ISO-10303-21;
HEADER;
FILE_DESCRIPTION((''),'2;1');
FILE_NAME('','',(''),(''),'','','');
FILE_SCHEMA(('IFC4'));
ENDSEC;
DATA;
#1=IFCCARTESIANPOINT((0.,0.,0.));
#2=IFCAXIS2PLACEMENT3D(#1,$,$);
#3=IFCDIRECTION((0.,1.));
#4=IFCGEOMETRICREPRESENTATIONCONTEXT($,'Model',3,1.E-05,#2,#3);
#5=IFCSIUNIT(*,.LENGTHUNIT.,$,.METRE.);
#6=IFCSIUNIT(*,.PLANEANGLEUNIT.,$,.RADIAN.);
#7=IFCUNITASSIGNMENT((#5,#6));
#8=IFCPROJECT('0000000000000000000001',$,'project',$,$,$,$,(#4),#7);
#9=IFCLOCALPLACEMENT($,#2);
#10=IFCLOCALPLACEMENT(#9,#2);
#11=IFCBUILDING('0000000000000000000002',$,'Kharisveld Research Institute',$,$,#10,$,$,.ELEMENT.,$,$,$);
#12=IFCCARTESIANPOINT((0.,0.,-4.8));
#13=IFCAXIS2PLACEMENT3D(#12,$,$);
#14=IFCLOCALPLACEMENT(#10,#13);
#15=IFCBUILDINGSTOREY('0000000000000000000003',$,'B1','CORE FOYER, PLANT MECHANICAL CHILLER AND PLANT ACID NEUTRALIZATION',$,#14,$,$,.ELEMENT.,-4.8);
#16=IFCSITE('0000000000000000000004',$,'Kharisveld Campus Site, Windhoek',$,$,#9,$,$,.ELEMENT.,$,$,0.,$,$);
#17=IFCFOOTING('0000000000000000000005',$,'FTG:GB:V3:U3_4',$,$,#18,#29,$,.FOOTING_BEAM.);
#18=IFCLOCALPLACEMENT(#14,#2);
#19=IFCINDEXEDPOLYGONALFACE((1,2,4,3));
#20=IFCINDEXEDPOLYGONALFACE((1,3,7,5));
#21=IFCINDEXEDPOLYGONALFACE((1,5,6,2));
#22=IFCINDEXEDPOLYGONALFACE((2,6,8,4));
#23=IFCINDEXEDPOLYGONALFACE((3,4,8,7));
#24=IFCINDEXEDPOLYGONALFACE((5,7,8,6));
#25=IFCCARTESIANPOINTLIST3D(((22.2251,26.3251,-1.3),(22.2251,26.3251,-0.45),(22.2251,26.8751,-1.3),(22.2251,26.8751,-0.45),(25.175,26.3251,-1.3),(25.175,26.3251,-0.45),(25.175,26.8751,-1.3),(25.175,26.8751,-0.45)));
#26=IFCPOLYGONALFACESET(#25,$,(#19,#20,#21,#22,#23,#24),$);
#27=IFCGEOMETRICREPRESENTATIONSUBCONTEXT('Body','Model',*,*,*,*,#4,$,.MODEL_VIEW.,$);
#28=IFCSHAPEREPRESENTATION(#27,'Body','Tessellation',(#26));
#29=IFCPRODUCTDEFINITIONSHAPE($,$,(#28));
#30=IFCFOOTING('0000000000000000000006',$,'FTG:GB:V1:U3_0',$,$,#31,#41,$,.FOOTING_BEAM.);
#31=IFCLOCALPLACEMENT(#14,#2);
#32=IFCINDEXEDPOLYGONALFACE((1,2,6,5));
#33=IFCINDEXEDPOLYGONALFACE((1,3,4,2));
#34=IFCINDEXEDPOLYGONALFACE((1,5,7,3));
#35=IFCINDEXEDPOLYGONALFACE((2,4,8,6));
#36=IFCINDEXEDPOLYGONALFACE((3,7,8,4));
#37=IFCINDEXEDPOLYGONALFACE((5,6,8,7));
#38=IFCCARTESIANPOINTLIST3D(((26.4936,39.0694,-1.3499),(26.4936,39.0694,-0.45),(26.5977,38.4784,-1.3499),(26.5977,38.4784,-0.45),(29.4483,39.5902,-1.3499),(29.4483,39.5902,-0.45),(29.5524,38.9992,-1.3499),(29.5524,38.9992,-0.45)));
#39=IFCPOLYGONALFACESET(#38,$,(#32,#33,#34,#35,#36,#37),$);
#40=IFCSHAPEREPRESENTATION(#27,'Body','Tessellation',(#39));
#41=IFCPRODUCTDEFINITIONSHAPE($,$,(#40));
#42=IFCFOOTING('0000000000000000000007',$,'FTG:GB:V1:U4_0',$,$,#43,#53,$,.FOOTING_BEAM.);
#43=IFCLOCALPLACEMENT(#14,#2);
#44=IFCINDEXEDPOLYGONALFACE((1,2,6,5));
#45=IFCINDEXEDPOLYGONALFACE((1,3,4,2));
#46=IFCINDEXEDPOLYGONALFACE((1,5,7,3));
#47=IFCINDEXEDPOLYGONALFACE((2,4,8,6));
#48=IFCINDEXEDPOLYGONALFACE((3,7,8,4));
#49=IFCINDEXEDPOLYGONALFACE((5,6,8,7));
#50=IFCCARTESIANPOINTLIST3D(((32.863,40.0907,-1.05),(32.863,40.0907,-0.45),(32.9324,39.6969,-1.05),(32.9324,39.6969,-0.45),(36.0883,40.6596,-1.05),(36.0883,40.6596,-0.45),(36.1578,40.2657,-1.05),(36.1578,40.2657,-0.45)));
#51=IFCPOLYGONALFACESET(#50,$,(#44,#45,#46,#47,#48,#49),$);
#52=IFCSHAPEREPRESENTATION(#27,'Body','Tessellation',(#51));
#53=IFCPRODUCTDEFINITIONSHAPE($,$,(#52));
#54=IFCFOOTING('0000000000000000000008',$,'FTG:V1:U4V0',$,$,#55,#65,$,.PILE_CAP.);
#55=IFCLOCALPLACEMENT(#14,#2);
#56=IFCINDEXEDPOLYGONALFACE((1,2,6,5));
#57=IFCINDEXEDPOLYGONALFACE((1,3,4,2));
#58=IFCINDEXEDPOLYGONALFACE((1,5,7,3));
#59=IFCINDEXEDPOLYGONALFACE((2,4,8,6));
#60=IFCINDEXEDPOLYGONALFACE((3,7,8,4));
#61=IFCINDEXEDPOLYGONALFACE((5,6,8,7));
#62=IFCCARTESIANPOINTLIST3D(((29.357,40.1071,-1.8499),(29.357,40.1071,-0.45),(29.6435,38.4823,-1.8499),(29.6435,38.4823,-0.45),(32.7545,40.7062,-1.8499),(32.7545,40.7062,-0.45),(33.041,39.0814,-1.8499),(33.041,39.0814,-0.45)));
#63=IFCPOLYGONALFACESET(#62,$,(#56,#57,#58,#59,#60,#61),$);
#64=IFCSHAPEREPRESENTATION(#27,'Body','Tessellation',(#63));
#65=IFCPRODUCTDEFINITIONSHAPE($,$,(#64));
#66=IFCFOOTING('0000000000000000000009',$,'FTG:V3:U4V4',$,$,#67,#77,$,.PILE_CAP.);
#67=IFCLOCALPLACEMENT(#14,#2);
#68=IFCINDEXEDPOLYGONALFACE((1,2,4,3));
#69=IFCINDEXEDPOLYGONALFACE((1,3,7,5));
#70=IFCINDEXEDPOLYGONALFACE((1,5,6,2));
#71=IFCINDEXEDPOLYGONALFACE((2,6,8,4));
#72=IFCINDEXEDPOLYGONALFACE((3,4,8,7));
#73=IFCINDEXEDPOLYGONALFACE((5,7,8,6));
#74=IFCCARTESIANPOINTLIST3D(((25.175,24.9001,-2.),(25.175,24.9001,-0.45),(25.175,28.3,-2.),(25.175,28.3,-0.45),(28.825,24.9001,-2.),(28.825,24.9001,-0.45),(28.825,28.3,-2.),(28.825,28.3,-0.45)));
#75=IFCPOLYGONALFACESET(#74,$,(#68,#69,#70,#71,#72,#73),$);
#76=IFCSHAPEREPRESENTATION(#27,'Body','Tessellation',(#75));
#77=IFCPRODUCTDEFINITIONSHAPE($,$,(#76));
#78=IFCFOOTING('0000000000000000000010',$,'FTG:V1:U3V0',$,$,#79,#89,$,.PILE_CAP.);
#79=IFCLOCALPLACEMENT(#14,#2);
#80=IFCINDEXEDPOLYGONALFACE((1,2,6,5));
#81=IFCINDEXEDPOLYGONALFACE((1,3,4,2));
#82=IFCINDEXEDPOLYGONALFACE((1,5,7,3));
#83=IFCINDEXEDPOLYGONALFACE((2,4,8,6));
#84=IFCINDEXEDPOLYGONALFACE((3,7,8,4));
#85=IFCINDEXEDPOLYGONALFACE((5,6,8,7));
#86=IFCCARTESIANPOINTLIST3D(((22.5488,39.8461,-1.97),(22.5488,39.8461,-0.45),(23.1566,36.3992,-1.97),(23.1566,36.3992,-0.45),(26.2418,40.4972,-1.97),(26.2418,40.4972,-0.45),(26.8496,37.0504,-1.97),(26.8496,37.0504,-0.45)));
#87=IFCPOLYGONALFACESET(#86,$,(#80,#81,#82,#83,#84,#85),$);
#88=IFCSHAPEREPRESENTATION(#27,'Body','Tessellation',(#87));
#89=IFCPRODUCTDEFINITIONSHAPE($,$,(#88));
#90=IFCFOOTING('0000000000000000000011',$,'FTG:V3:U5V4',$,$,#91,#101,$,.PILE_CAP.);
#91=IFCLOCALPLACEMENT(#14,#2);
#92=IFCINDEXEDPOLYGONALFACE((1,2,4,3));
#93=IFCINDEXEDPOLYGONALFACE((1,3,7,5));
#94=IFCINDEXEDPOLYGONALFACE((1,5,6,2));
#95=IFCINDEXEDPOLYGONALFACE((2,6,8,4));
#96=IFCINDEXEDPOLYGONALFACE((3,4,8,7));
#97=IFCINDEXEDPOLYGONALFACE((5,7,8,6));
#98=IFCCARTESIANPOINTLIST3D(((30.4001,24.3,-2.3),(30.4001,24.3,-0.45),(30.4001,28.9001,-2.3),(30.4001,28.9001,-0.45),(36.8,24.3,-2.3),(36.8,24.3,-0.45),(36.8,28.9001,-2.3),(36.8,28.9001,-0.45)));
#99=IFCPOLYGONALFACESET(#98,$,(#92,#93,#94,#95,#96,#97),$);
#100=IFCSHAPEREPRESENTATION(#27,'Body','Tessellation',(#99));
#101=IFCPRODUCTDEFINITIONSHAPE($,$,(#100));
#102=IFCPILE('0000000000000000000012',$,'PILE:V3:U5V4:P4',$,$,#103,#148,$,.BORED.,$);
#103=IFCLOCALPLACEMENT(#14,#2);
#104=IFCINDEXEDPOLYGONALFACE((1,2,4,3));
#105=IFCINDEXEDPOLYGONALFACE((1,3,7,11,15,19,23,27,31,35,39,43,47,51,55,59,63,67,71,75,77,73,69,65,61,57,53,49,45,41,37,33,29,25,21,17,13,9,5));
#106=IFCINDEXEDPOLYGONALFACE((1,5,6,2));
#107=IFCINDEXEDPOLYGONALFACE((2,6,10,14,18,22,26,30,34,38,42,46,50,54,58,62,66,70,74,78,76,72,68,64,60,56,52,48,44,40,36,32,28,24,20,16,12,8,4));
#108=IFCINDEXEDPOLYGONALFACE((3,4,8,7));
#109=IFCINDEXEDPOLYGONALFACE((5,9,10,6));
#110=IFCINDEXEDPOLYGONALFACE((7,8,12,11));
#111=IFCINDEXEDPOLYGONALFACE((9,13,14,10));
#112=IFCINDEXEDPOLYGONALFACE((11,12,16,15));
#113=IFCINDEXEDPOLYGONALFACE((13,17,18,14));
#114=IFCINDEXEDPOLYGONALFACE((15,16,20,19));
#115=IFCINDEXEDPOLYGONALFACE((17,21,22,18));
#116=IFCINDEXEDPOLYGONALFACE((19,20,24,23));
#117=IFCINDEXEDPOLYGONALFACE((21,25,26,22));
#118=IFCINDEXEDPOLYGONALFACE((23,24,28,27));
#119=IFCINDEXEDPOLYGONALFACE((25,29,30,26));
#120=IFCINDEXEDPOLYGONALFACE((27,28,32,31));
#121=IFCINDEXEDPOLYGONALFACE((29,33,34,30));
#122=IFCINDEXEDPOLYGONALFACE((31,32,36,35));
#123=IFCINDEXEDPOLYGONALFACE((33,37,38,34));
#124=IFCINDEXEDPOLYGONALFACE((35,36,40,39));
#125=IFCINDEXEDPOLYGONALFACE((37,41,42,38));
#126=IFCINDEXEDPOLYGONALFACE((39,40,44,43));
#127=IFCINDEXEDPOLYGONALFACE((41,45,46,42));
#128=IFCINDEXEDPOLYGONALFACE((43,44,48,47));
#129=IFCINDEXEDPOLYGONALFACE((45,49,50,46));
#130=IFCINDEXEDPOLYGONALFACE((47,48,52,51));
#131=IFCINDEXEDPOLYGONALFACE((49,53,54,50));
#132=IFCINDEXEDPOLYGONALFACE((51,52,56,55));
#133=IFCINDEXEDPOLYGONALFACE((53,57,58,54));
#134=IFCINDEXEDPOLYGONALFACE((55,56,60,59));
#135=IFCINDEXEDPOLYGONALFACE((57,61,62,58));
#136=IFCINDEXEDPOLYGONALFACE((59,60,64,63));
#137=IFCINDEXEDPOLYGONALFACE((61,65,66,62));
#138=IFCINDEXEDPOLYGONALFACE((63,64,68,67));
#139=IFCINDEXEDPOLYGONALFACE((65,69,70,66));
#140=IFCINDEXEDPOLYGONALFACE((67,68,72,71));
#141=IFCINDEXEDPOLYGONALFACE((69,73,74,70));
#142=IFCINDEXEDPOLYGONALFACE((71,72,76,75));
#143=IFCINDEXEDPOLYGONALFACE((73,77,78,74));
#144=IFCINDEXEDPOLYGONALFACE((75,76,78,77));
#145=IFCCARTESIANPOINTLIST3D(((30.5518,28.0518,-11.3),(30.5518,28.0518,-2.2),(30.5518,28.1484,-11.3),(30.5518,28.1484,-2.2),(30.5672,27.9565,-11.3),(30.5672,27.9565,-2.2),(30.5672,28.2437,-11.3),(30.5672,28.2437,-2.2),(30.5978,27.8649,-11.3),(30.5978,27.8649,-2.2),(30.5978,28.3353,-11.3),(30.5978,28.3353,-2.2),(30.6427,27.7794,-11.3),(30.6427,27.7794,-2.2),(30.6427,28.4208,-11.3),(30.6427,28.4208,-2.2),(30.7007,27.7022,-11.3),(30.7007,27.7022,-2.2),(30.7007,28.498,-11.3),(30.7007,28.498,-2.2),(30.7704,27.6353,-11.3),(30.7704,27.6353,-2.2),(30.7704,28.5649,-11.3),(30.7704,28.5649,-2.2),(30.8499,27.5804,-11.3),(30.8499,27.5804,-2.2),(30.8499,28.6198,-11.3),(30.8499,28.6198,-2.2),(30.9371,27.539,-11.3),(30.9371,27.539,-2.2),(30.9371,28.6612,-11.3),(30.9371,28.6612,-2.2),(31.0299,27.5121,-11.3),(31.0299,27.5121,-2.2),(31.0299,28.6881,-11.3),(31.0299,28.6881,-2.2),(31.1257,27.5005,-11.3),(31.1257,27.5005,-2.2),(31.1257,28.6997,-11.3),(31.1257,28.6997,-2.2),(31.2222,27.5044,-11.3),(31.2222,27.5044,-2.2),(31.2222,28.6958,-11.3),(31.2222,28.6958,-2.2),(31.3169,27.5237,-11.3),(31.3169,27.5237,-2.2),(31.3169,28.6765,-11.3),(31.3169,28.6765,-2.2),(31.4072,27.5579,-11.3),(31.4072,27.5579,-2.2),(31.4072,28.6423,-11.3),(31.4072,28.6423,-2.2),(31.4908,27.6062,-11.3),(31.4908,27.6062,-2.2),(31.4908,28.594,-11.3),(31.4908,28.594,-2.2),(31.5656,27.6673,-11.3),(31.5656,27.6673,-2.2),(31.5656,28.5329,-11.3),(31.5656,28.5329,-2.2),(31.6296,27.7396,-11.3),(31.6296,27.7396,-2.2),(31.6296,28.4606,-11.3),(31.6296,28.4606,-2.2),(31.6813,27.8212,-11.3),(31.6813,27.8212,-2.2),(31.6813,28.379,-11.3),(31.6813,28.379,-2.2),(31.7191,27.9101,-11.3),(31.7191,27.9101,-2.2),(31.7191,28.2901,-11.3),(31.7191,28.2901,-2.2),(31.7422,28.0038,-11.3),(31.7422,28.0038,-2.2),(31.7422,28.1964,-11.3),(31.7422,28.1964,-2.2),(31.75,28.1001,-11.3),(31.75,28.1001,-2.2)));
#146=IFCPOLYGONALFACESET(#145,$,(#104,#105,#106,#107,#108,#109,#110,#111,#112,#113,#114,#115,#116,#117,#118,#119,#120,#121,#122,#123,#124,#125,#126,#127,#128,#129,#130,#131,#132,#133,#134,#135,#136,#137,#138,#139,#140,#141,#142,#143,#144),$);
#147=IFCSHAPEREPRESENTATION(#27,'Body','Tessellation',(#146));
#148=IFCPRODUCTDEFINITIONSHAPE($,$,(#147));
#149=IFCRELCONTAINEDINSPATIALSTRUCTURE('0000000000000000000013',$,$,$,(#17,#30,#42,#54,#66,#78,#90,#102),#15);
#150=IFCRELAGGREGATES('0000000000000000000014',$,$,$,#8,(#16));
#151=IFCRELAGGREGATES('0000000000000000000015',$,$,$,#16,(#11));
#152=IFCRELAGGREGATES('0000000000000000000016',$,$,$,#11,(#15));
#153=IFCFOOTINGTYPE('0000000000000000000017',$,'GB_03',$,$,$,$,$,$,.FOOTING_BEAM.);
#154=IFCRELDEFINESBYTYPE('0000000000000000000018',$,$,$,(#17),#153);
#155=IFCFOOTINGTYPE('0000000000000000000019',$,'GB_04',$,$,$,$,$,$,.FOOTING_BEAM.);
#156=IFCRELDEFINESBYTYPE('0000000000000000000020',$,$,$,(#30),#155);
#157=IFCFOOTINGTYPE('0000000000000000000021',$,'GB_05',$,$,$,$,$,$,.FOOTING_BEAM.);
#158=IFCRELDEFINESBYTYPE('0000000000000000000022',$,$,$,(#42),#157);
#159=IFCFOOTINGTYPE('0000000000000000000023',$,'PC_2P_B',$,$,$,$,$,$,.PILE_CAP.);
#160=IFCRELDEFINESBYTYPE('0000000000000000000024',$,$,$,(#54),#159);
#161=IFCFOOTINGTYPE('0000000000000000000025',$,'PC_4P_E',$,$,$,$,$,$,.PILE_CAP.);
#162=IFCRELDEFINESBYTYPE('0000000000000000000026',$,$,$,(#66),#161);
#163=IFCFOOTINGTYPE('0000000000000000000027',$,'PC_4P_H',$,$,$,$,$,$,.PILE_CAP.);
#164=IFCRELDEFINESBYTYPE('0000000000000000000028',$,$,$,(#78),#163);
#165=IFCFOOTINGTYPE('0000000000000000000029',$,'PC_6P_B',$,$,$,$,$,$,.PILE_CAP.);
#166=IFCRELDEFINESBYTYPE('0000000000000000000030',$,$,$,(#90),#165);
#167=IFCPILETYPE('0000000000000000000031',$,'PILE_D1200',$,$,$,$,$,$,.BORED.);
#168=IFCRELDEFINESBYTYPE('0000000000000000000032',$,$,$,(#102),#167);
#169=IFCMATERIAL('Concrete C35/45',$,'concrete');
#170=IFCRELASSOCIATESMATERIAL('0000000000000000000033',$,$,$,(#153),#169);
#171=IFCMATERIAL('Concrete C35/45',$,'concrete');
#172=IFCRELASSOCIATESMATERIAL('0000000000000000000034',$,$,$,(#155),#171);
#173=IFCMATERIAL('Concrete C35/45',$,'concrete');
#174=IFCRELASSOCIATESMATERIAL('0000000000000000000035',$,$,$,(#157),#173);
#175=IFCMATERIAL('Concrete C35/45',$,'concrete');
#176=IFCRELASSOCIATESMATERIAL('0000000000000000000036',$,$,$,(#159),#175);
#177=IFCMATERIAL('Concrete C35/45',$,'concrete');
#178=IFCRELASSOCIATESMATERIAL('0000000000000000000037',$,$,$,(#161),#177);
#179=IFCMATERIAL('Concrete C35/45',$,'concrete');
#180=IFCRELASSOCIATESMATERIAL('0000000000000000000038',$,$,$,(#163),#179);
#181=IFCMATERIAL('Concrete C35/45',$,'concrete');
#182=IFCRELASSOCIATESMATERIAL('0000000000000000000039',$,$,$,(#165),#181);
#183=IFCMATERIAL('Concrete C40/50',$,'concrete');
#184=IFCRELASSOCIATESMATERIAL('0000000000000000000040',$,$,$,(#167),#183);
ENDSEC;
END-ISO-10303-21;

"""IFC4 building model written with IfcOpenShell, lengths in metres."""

from ifc_helpers import new_model, si_unit, direction, frame, origin, origin_2d, place, context, subcontext, project, spatial, rectangle, circle, extrude, material, material_profile, profile_set, type_object, element, save


model = new_model("IFC4")

# Units and contexts
model_context = context("Model", 3, precision=1e-05, world=origin(), true_north=direction((0.0, 1.0)))
body_context = subcontext(model_context, "Body", "Model", "MODEL_VIEW")
ifc_project = project(units=[si_unit("LENGTHUNIT", "METRE"), si_unit("PLANEANGLEUNIT", "RADIAN")], contexts=[model_context])

# Site, building, storey
site_placement = place(None, origin())
site = spatial("IfcSite", under=ifc_project, at=site_placement, Name="Kharisveld Campus Site, Windhoek", CompositionType="ELEMENT", RefElevation=0.0)
building_placement = place(site_placement, origin())
building = spatial("IfcBuilding", under=site, at=building_placement, Name="Kharisveld Research Institute", CompositionType="ELEMENT")
storey_placement = place(building_placement, frame((0.0, 0.0, -4.8)))
storey = spatial("IfcBuildingStorey", under=building, at=storey_placement, Name="B1", Description="CORE FOYER, PLANT MECHANICAL CHILLER AND PLANT ACID NEUTRALIZATION", CompositionType="ELEMENT", Elevation=-4.8)

# Footings
ifc_material_1 = material(Name="Concrete C35/45", Category="concrete")
ifc_material_profile_1 = material_profile(ifc_material_1, rectangle(XDim=0.55, YDim=0.8501, at=origin_2d()))
ifc_profile_set_1 = profile_set([ifc_material_profile_1], Name="Concrete C35/45")
footing_type_1 = type_object("IfcFootingType", Name="GB_03", PredefinedType="FOOTING_BEAM", material=ifc_profile_set_1)
footing_1_placement = place(storey_placement, frame((22.2251, 26.6001, -0.875), z_axis=(1.0, 0.0, 0.0), x_axis=(0.0, 1.0, 0.0)))
element("IfcFooting", 1, at=footing_1_placement, inside=storey, type_object=footing_type_1, Name="FTG:GB:V3:U3_4", PredefinedType="FOOTING_BEAM", context=body_context, shape_type="SweptSolid", body=[
    extrude(rectangle(XDim=0.55, YDim=0.8501, at=origin_2d()), origin(), (0.0, 0.0, 1.0), 2.95),
])
ifc_material_2 = material(Name="Concrete C35/45", Category="concrete")
ifc_material_profile_2 = material_profile(ifc_material_2, rectangle(XDim=0.6001, YDim=0.8999, at=origin_2d()))
ifc_profile_set_2 = profile_set([ifc_material_profile_2], Name="Concrete C35/45")
footing_type_2 = type_object("IfcFootingType", Name="GB_04", PredefinedType="FOOTING_BEAM", material=ifc_profile_set_2)
footing_2_placement = place(storey_placement, frame((26.5457, 38.7739, -0.8999), z_axis=(0.98482, 0.173576, 0.0), x_axis=(-0.173576, 0.98482, 0.0)))
element("IfcFooting", 2, at=footing_2_placement, inside=storey, type_object=footing_type_2, Name="FTG:GB:V1:U3_0", PredefinedType="FOOTING_BEAM", context=body_context, shape_type="SweptSolid", body=[
    extrude(rectangle(XDim=0.6001, YDim=0.8999, at=origin_2d()), origin(), (0.0, 0.0, 1.0), 3.0002),
])
ifc_material_3 = material(Name="Concrete C35/45", Category="concrete")
ifc_material_profile_3 = material_profile(ifc_material_3, rectangle(XDim=0.3999, YDim=0.6001, at=origin_2d()))
ifc_profile_set_3 = profile_set([ifc_material_profile_3], Name="Concrete C35/45")
footing_type_3 = type_object("IfcFootingType", Name="GB_05", PredefinedType="FOOTING_BEAM", material=ifc_profile_set_3)
footing_3_placement = place(storey_placement, frame((32.8977, 39.8938, -0.75), z_axis=(0.984801, 0.173688, 0.0), x_axis=(-0.173688, 0.984801, 0.0)))
element("IfcFooting", 3, at=footing_3_placement, inside=storey, type_object=footing_type_3, Name="FTG:GB:V1:U4_0", PredefinedType="FOOTING_BEAM", context=body_context, shape_type="SweptSolid", body=[
    extrude(rectangle(XDim=0.3999, YDim=0.6001, at=origin_2d()), origin(), (0.0, 0.0, 1.0), 3.2751),
])
ifc_material_4 = material(Name="Concrete C35/45", Category="concrete")
footing_type_4 = type_object("IfcFootingType", Name="PC_2P_B", PredefinedType="PILE_CAP", material=ifc_material_4)
footing_4_placement = place(storey_placement, frame((31.199, 39.5942, -1.8499), z_axis=(0.0, 0.0, 1.0), x_axis=(0.984808, 0.173648, 0.0)))
element("IfcFooting", 4, at=footing_4_placement, inside=storey, type_object=footing_type_4, Name="FTG:V1:U4V0", PredefinedType="PILE_CAP", context=body_context, shape_type="SweptSolid", body=[
    extrude(rectangle(XDim=3.45, YDim=1.6499, at=origin_2d()), origin(), (0.0, 0.0, 1.0), 1.3999),
])
ifc_material_5 = material(Name="Concrete C35/45", Category="concrete")
footing_type_5 = type_object("IfcFootingType", Name="PC_4P_E", PredefinedType="PILE_CAP", material=ifc_material_5)
footing_5_placement = place(storey_placement, frame((27.0, 26.6001, -2.0), z_axis=(0.0, 0.0, 1.0), x_axis=(1.0, 0.0, 0.0)))
element("IfcFooting", 5, at=footing_5_placement, inside=storey, type_object=footing_type_5, Name="FTG:V3:U4V4", PredefinedType="PILE_CAP", context=body_context, shape_type="SweptSolid", body=[
    extrude(rectangle(XDim=3.6499, YDim=3.3999, at=origin_2d()), origin(), (0.0, 0.0, 1.0), 1.55),
])
ifc_material_6 = material(Name="Concrete C35/45", Category="concrete")
footing_type_6 = type_object("IfcFootingType", Name="PC_4P_H", PredefinedType="PILE_CAP", material=ifc_material_6)
footing_6_placement = place(storey_placement, frame((24.6992, 38.4482, -1.97), z_axis=(0.0, 0.0, 1.0), x_axis=(0.984808, 0.173648, 0.0)))
element("IfcFooting", 6, at=footing_6_placement, inside=storey, type_object=footing_type_6, Name="FTG:V1:U3V0", PredefinedType="PILE_CAP", context=body_context, shape_type="SweptSolid", body=[
    extrude(rectangle(XDim=3.75, YDim=3.5, at=origin_2d()), origin(), (0.0, 0.0, 1.0), 1.52),
])
ifc_material_7 = material(Name="Concrete C35/45", Category="concrete")
footing_type_7 = type_object("IfcFootingType", Name="PC_6P_B", PredefinedType="PILE_CAP", material=ifc_material_7)
footing_7_placement = place(storey_placement, frame((33.6001, 26.6001, -2.3), z_axis=(0.0, 0.0, 1.0), x_axis=(1.0, 0.0, 0.0)))
element("IfcFooting", 7, at=footing_7_placement, inside=storey, type_object=footing_type_7, Name="FTG:V3:U5V4", PredefinedType="PILE_CAP", context=body_context, shape_type="SweptSolid", body=[
    extrude(rectangle(XDim=6.3999, YDim=4.6001, at=origin_2d()), origin(), (0.0, 0.0, 1.0), 1.8501),
])

# Pile
ifc_material_8 = material(Name="Concrete C40/50", Category="concrete")
ifc_material_profile_4 = material_profile(ifc_material_8, circle(Radius=0.6001, at=origin_2d()))
ifc_profile_set_4 = profile_set([ifc_material_profile_4], Name="Concrete C40/50")
pile_type_1 = type_object("IfcPileType", Name="PILE_D1200", PredefinedType="BORED", material=ifc_profile_set_4)
for number, where, z_axis, x_axis, name in (
    (8, (31.1499, 28.1001, -2.2), (0.0, 0.0, -1.0), (1.0, 0.0, 0.0), "PILE:V3:U5V4:P4"),
):
    element("IfcPile", number, at=place(storey_placement, frame(where, z_axis=z_axis, x_axis=x_axis)), inside=storey, type_object=pile_type_1, Name=name, PredefinedType="BORED", context=body_context, shape_type="SweptSolid", body=[
        extrude(circle(Radius=0.6001, at=origin_2d()), origin(), (0.0, 0.0, 1.0), 9.1001),
    ])

save(model, "model.ifc")
